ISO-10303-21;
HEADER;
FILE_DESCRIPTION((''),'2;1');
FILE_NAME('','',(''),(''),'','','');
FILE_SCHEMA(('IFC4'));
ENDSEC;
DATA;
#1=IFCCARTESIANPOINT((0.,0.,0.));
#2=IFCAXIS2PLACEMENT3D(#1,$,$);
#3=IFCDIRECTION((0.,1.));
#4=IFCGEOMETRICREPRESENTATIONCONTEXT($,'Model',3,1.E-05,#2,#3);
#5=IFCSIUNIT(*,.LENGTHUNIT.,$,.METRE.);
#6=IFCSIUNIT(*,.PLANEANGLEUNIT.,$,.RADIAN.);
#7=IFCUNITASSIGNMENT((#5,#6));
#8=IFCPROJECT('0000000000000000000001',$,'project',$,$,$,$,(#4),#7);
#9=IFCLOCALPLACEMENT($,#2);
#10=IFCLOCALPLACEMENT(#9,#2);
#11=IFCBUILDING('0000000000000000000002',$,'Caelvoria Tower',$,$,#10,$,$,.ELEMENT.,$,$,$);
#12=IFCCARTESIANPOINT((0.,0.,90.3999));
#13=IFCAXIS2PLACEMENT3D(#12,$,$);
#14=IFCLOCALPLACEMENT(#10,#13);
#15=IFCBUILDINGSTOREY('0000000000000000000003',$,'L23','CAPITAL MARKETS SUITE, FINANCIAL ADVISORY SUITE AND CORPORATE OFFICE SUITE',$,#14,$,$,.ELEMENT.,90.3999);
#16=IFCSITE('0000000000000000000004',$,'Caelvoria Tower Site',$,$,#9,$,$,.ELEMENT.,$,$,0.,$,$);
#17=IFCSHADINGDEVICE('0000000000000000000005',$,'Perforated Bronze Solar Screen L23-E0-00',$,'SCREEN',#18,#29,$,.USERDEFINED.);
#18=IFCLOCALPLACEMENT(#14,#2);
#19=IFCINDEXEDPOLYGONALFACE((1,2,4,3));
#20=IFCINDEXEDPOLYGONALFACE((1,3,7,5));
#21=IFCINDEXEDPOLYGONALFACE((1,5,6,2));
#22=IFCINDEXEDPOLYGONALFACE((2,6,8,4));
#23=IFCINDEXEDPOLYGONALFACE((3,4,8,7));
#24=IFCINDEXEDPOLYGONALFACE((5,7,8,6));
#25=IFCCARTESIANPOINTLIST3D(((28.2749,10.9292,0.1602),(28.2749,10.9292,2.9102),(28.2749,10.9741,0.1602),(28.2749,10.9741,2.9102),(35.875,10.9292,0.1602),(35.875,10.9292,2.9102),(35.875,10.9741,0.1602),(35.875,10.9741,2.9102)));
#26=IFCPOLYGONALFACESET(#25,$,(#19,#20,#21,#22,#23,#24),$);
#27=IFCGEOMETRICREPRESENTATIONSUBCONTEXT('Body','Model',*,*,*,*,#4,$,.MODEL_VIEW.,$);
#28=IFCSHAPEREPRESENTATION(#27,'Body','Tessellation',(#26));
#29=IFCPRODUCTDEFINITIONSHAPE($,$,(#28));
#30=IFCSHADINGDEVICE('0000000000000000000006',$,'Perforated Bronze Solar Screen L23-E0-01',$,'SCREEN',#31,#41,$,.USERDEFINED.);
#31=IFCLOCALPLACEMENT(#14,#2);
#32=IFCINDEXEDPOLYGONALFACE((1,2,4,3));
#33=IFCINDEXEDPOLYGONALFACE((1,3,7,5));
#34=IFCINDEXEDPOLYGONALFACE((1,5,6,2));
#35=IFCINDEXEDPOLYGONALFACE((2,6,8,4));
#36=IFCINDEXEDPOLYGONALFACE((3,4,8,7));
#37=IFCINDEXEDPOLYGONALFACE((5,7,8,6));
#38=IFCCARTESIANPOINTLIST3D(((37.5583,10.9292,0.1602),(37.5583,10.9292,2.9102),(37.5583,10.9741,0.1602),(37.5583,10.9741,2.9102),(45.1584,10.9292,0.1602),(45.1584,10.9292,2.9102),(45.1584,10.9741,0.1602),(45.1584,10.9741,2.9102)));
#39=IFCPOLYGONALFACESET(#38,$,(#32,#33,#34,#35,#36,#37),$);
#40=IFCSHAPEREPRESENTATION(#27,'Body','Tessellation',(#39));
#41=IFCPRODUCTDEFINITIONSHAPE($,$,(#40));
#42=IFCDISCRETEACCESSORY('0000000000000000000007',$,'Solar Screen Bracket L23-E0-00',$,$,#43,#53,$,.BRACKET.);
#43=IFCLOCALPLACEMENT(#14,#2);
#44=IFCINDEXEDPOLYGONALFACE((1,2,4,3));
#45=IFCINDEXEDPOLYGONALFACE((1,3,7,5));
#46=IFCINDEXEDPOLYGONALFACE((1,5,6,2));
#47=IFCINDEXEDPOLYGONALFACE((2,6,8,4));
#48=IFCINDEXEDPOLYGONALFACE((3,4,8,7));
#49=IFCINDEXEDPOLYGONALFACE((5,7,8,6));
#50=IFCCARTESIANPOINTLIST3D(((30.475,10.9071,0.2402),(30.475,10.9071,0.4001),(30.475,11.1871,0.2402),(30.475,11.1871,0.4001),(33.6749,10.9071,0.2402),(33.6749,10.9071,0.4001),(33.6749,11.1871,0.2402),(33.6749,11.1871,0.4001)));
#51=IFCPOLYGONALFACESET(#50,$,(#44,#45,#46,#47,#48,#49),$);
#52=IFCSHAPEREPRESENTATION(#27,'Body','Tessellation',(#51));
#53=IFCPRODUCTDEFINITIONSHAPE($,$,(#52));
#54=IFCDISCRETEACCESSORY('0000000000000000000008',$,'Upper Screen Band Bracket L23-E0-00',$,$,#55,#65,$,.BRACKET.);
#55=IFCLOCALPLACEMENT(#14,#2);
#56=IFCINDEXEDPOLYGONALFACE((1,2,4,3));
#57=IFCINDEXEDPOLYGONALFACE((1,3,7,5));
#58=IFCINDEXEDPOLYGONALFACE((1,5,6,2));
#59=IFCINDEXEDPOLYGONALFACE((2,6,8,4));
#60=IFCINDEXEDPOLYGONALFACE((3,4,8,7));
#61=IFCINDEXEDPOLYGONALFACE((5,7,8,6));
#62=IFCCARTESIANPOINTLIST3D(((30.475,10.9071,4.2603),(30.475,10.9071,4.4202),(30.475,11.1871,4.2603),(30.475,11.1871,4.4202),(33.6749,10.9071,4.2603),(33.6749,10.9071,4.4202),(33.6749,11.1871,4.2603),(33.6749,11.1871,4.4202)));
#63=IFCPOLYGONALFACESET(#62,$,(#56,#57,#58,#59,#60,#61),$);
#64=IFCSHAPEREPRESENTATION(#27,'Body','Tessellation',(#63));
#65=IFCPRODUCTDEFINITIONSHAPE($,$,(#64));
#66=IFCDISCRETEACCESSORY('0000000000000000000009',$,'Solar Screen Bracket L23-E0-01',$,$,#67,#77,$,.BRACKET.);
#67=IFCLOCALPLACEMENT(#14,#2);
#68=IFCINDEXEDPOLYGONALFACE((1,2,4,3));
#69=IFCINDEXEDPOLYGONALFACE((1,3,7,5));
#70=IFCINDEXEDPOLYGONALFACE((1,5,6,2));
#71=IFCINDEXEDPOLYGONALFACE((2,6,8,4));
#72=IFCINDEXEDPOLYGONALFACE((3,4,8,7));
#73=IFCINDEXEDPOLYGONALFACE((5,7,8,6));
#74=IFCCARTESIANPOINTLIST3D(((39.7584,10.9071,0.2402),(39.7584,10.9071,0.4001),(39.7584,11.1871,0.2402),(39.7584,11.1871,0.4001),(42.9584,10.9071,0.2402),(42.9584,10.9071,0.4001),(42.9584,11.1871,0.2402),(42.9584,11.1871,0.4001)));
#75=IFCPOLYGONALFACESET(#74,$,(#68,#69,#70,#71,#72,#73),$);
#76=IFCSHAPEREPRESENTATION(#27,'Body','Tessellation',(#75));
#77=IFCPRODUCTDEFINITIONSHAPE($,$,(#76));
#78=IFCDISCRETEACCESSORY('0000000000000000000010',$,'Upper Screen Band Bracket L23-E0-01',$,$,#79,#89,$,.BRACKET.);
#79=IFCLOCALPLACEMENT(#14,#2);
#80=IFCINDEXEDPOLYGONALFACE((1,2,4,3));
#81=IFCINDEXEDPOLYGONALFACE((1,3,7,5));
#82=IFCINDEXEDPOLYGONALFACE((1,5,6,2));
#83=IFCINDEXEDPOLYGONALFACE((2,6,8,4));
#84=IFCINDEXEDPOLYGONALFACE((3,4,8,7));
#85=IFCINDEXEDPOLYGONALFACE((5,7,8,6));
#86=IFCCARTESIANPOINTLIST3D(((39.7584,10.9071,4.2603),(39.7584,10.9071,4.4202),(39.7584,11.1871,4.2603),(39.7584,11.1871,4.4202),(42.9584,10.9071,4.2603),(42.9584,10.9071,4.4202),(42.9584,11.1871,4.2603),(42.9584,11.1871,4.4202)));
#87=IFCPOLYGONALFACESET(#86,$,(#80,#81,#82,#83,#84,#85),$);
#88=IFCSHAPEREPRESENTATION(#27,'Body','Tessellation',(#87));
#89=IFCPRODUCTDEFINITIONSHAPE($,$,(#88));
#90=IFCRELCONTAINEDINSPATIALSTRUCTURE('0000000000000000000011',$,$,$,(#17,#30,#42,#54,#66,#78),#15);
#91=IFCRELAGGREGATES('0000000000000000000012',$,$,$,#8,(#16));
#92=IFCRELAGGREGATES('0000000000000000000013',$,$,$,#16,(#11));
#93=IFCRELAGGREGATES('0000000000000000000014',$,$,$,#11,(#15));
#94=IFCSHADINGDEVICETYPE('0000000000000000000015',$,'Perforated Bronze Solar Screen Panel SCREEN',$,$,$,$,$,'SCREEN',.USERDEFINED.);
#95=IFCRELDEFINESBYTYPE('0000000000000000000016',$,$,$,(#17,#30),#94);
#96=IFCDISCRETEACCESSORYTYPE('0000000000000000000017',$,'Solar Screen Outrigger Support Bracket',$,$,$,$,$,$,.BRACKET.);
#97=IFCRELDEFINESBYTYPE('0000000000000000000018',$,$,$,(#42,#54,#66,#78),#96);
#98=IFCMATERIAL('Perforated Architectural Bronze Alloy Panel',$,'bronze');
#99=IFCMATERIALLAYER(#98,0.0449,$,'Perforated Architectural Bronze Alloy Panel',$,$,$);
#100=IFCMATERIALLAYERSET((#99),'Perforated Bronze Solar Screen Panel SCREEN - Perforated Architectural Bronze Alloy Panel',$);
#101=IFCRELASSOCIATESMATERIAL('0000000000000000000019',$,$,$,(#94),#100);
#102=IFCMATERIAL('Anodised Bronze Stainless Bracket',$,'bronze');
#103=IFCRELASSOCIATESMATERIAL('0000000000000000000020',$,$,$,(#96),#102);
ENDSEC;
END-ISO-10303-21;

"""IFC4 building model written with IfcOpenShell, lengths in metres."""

from ifc_helpers import new_model, si_unit, direction, frame, origin, origin_2d, place, context, subcontext, project, spatial, rectangle, extrude, material, layer, layer_set, type_object, element, save


model = new_model("IFC4")

# Units and contexts
model_context = context("Model", 3, precision=1e-05, world=origin(), true_north=direction((0.0, 1.0)))
body_context = subcontext(model_context, "Body", "Model", "MODEL_VIEW")
ifc_project = project(units=[si_unit("LENGTHUNIT", "METRE"), si_unit("PLANEANGLEUNIT", "RADIAN")], contexts=[model_context])

# Site, building, storey
site_placement = place(None, origin())
site = spatial("IfcSite", under=ifc_project, at=site_placement, Name="Caelvoria Tower Site", CompositionType="ELEMENT", RefElevation=0.0)
building_placement = place(site_placement, origin())
building = spatial("IfcBuilding", under=site, at=building_placement, Name="Caelvoria Tower", CompositionType="ELEMENT")
storey_placement = place(building_placement, frame((0.0, 0.0, 90.3999)))
storey = spatial("IfcBuildingStorey", under=building, at=storey_placement, Name="L23", Description="CAPITAL MARKETS SUITE, FINANCIAL ADVISORY SUITE AND CORPORATE OFFICE SUITE", CompositionType="ELEMENT", Elevation=90.3999)

# Shading devices
ifc_material_1 = material(Name="Perforated Architectural Bronze Alloy Panel", Category="bronze")
ifc_layer_1 = layer(ifc_material_1, 0.0449, Name="Perforated Architectural Bronze Alloy Panel")
ifc_layer_set_1 = layer_set([ifc_layer_1], Name="Perforated Bronze Solar Screen Panel SCREEN - Perforated Architectural Bronze Alloy Panel")
shading_device_type = type_object("IfcShadingDeviceType", Name="Perforated Bronze Solar Screen Panel SCREEN", ElementType="SCREEN", PredefinedType="USERDEFINED", material=ifc_layer_set_1)
for number, where, z_axis, x_axis, name in (
    (1, (32.075, 10.9517, 0.1602), (0.0, 0.0, 1.0), (1.0, 0.0, 0.0), "Perforated Bronze Solar Screen L23-E0-00"),
    (2, (41.3584, 10.9517, 0.1602), (0.0, 0.0, 1.0), (1.0, 0.0, 0.0), "Perforated Bronze Solar Screen L23-E0-01"),
):
    element("IfcShadingDevice", number, at=place(storey_placement, frame(where, z_axis=z_axis, x_axis=x_axis)), inside=storey, type_object=shading_device_type, Name=name, ObjectType="SCREEN", PredefinedType="USERDEFINED", context=body_context, shape_type="SweptSolid", body=[
        extrude(rectangle(XDim=7.6001, YDim=0.0449, at=origin_2d()), origin(), (0.0, 0.0, 1.0), 2.75),
    ])

# Discrete accessories
ifc_material_2 = material(Name="Anodised Bronze Stainless Bracket", Category="bronze")
discrete_accessory_type = type_object("IfcDiscreteAccessoryType", Name="Solar Screen Outrigger Support Bracket", PredefinedType="BRACKET", material=ifc_material_2)
for number, where, z_axis, x_axis, name in (
    (3, (32.075, 11.0471, 0.2402), (0.0, 0.0, 1.0), (1.0, 0.0, 0.0), "Solar Screen Bracket L23-E0-00"),
    (4, (32.075, 11.0471, 4.2603), (0.0, 0.0, 1.0), (1.0, 0.0, 0.0), "Upper Screen Band Bracket L23-E0-00"),
    (5, (41.3584, 11.0471, 0.2402), (0.0, 0.0, 1.0), (1.0, 0.0, 0.0), "Solar Screen Bracket L23-E0-01"),
    (6, (41.3584, 11.0471, 4.2603), (0.0, 0.0, 1.0), (1.0, 0.0, 0.0), "Upper Screen Band Bracket L23-E0-01"),
):
    element("IfcDiscreteAccessory", number, at=place(storey_placement, frame(where, z_axis=z_axis, x_axis=x_axis)), inside=storey, type_object=discrete_accessory_type, Name=name, PredefinedType="BRACKET", context=body_context, shape_type="SweptSolid", body=[
        extrude(rectangle(XDim=3.2, YDim=0.28, at=origin_2d()), origin(), (0.0, 0.0, 1.0), 0.1599),
    ])

save(model, "model.ifc")
